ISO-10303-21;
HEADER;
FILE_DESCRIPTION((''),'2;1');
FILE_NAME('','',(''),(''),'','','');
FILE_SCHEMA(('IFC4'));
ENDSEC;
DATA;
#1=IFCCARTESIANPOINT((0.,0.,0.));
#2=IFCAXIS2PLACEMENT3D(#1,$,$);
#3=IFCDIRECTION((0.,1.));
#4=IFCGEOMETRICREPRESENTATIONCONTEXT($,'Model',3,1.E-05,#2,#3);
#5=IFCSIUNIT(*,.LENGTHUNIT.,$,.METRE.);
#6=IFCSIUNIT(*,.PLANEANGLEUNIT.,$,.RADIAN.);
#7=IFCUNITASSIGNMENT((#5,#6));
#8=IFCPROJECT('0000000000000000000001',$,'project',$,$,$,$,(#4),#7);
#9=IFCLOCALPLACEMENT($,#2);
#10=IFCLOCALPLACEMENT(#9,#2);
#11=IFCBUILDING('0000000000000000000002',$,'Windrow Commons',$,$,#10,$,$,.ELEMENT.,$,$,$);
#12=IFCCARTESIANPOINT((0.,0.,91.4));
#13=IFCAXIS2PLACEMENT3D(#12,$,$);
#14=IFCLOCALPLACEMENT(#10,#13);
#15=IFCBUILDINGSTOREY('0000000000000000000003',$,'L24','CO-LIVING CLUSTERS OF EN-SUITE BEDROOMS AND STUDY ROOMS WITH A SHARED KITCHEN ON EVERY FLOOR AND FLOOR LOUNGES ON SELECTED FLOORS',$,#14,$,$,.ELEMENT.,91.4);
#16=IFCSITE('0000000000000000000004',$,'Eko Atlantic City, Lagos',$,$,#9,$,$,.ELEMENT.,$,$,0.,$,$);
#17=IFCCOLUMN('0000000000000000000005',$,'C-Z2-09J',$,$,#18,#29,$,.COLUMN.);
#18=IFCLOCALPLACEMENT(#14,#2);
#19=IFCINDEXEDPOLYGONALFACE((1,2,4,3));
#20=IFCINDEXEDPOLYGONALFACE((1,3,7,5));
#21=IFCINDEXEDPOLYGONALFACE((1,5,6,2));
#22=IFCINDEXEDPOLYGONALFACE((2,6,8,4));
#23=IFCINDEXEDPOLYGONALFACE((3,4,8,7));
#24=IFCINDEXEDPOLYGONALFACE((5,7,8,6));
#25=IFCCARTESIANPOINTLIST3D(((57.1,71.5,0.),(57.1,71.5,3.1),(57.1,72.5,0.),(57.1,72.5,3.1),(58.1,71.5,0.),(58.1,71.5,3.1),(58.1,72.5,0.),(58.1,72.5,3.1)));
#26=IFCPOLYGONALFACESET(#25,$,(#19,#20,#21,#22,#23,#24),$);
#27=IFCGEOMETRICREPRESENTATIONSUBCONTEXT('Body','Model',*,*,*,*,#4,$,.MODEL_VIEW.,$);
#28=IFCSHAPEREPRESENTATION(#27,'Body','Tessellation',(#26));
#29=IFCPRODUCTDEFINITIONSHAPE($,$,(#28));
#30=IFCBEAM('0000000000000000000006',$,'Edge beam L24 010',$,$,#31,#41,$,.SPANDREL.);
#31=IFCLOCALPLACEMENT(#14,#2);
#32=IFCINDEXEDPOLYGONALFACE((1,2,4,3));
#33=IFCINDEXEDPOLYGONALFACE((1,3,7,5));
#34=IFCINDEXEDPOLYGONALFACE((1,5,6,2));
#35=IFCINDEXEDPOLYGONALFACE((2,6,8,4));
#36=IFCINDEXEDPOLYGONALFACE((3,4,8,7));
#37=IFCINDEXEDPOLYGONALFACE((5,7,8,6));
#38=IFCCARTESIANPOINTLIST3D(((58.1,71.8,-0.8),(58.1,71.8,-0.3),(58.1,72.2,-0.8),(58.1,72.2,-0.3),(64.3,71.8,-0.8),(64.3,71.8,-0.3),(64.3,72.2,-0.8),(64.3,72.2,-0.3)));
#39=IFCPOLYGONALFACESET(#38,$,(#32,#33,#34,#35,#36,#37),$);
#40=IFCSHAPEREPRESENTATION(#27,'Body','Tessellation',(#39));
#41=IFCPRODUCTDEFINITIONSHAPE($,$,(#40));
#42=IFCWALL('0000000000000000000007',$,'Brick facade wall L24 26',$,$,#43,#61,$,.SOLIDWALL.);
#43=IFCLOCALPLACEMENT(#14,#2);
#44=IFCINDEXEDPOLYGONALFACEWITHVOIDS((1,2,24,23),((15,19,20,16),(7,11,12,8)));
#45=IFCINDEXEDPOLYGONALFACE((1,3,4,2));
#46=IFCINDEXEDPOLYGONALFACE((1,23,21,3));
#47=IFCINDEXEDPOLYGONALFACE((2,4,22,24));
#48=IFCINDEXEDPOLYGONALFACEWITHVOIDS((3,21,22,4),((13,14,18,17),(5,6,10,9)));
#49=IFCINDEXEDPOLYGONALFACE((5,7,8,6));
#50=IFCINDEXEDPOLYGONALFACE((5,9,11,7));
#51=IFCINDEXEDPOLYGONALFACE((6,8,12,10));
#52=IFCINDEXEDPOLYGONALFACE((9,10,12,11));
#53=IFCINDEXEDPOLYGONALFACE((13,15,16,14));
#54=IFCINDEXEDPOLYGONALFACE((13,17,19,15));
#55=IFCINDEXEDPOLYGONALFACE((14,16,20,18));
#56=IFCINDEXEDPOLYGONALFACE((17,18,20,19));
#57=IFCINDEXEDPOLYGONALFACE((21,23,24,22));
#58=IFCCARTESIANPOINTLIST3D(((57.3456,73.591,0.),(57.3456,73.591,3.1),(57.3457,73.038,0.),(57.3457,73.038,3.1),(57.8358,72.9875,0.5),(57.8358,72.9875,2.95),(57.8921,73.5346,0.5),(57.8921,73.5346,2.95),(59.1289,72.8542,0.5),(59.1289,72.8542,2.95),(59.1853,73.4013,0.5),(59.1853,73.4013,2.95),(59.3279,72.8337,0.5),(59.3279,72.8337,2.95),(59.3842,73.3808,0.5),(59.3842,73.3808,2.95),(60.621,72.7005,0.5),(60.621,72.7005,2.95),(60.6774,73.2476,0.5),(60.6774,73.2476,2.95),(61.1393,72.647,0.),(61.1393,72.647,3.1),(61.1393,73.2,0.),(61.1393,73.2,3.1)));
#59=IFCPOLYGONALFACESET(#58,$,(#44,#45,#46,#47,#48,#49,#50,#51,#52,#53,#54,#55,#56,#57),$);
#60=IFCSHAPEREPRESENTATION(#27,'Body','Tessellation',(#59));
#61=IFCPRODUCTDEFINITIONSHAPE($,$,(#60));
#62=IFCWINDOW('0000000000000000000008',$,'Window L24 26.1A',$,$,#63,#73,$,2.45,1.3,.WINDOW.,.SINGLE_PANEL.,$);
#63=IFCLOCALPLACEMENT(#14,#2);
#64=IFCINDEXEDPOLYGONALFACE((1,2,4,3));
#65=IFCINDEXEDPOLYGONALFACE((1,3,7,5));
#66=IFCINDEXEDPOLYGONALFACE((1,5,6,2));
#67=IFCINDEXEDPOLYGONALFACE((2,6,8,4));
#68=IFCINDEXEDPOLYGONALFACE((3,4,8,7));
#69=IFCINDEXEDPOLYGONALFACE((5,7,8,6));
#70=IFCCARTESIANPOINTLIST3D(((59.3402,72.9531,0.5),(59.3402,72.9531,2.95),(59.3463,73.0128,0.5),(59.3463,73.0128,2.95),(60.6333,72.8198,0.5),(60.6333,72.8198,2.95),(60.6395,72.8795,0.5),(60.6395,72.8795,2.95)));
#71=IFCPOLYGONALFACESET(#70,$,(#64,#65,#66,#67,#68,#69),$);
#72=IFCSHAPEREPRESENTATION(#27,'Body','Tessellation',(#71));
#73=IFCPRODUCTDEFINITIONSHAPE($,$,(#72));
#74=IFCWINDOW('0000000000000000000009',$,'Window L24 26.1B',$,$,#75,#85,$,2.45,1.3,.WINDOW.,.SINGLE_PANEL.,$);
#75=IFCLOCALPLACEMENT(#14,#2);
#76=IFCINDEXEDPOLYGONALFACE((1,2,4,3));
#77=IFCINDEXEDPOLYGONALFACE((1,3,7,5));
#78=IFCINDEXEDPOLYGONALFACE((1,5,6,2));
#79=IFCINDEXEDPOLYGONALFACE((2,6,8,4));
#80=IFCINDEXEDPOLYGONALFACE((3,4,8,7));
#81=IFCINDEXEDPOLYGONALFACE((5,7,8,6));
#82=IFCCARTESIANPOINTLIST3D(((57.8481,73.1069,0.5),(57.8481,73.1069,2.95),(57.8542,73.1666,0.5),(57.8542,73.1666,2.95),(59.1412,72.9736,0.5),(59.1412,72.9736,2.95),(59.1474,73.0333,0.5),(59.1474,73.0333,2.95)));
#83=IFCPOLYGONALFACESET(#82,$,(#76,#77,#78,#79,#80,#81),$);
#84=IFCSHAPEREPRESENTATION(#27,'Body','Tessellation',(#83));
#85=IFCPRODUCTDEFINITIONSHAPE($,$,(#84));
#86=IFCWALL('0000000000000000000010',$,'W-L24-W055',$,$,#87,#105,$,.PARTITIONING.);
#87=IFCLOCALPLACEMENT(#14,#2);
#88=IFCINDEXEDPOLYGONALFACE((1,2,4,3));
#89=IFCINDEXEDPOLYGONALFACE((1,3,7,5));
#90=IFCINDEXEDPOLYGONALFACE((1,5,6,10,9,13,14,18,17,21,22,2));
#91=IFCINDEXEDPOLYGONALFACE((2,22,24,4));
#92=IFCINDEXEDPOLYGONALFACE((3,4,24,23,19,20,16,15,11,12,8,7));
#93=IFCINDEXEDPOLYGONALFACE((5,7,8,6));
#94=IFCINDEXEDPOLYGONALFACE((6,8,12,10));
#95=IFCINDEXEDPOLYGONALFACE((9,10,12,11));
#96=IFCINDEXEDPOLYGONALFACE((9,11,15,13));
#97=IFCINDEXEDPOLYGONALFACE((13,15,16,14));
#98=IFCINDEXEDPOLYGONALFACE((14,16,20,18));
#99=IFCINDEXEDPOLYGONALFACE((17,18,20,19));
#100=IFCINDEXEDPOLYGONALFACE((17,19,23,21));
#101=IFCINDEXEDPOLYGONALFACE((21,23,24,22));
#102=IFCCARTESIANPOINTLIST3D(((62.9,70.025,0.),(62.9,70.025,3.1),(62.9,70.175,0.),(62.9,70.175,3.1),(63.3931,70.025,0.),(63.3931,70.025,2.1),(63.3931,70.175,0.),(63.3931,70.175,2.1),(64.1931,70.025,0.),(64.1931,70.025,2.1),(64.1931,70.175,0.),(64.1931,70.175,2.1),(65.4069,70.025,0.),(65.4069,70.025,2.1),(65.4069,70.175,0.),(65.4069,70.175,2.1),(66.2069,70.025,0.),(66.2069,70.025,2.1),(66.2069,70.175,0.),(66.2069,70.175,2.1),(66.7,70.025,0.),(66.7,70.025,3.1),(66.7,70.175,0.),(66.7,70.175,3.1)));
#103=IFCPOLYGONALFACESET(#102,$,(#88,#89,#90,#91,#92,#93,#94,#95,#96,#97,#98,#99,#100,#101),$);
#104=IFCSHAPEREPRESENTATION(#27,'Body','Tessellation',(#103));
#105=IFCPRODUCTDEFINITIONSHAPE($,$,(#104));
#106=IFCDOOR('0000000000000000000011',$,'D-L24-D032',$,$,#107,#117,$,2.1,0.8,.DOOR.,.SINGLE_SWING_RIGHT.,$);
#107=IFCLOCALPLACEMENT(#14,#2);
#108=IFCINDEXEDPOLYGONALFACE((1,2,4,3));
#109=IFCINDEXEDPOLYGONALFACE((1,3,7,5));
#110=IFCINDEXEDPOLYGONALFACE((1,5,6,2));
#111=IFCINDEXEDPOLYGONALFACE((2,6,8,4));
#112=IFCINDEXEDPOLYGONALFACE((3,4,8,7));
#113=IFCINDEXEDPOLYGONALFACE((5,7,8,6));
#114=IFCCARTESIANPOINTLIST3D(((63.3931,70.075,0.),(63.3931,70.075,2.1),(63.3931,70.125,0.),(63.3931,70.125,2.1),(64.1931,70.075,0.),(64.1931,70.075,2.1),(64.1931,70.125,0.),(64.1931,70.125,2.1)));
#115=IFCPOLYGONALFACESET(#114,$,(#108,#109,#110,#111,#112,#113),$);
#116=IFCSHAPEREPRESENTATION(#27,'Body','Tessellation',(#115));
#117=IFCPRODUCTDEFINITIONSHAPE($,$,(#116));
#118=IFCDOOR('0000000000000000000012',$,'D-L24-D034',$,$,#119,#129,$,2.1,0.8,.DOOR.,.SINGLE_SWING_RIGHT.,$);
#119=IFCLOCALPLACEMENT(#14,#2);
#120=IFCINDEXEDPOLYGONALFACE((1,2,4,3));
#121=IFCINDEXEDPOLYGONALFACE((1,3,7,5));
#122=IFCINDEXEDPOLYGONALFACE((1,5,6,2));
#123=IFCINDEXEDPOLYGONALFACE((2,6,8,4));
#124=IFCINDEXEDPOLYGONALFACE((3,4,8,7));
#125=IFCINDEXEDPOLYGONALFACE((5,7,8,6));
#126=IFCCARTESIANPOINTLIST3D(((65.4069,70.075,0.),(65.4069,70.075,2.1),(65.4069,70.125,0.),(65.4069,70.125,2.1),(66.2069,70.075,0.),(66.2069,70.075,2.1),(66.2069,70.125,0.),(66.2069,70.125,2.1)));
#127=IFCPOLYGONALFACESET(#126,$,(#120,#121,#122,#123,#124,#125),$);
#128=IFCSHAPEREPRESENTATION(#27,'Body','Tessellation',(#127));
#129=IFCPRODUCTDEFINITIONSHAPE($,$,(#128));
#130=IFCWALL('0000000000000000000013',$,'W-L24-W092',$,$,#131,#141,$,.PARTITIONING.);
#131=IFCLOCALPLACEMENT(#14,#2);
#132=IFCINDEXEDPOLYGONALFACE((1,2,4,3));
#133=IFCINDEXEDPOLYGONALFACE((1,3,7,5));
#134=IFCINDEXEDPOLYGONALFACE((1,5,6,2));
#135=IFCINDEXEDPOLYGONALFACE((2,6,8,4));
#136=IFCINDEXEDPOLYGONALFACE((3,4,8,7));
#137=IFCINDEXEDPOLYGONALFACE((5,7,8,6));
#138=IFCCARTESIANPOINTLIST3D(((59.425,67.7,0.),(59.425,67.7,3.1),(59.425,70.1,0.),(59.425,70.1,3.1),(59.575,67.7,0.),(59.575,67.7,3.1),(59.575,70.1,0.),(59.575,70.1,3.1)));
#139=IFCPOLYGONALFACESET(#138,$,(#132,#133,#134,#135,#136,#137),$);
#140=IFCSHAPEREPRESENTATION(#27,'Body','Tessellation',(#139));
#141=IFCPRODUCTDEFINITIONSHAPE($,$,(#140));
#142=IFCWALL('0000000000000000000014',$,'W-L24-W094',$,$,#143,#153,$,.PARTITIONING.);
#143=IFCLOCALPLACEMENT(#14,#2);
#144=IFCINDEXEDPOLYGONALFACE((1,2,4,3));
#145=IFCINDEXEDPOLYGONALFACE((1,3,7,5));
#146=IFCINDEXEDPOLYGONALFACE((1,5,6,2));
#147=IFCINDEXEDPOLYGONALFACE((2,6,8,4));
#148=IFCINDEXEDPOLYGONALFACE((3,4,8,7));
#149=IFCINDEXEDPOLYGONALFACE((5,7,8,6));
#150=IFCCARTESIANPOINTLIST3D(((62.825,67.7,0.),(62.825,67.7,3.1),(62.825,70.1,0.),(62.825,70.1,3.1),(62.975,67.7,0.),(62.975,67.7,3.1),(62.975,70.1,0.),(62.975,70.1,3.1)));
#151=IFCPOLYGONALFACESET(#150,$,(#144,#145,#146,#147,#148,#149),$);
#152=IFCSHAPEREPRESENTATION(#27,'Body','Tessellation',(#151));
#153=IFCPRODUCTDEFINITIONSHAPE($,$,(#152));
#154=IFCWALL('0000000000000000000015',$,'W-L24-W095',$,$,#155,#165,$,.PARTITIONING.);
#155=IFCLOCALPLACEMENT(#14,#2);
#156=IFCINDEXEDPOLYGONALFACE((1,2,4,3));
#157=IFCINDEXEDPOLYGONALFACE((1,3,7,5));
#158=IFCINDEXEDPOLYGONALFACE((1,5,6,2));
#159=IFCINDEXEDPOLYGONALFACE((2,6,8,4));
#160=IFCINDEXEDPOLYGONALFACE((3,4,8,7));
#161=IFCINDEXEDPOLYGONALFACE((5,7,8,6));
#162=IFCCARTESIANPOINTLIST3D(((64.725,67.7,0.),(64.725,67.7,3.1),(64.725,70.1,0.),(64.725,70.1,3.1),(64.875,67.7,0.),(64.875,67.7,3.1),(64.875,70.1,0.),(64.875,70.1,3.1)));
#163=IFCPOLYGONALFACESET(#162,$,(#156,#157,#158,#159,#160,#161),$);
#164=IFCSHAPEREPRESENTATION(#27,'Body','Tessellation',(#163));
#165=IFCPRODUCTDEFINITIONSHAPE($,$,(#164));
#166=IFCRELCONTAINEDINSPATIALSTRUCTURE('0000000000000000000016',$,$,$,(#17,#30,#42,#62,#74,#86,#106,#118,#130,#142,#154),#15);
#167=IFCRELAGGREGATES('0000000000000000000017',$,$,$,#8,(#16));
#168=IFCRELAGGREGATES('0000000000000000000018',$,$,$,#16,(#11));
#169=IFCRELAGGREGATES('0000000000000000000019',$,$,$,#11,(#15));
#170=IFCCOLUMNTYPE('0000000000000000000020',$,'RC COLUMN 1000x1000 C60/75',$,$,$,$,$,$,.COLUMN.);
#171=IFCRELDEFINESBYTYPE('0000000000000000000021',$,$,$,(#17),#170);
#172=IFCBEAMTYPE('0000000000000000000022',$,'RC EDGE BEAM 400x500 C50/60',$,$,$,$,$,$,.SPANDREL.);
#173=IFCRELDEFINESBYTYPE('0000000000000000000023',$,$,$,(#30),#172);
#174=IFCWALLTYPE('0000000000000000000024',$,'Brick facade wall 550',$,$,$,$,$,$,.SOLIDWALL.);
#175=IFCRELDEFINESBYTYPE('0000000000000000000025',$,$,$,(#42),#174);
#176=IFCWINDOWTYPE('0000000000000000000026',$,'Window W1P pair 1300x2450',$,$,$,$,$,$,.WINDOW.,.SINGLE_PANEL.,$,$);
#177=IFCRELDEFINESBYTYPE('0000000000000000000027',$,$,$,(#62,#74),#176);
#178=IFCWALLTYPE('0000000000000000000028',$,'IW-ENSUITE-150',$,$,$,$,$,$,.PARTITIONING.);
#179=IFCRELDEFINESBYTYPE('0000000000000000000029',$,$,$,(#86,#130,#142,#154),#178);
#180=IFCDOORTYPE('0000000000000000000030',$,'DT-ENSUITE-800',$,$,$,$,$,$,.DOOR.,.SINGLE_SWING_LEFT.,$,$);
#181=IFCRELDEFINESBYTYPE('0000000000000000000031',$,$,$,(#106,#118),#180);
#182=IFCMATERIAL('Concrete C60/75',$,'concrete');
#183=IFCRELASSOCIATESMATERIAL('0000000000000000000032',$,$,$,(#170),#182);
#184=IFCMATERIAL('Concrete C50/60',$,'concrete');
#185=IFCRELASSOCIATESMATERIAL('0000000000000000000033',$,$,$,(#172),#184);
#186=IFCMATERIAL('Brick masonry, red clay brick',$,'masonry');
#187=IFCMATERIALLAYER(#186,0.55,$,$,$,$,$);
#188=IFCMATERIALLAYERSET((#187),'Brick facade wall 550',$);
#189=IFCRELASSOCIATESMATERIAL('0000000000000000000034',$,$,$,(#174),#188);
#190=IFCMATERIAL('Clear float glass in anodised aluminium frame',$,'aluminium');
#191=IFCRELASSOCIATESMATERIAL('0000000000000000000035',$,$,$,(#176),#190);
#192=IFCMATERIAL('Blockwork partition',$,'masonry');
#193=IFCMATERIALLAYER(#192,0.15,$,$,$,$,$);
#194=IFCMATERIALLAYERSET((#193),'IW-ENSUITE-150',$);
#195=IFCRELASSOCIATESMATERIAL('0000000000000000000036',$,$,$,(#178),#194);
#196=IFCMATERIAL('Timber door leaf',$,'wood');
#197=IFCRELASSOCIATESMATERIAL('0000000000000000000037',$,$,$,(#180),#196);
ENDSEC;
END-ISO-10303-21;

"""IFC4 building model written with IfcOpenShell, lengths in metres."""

from ifc_helpers import new_model, si_unit, direction, frame, frame_2d, origin, origin_2d, place, context, subcontext, project, spatial, polyline, rectangle, outline, extrude, material, layer, layer_set, material_profile, profile_set, type_object, element, fill, save


model = new_model("IFC4")

# Units and contexts
model_context = context("Model", 3, precision=1e-05, world=origin(), true_north=direction((0.0, 1.0)))
body_context = subcontext(model_context, "Body", "Model", "MODEL_VIEW")
ifc_project = project(units=[si_unit("LENGTHUNIT", "METRE"), si_unit("PLANEANGLEUNIT", "RADIAN")], contexts=[model_context])

# Site, building, storey
site_placement = place(None, origin())
site = spatial("IfcSite", under=ifc_project, at=site_placement, Name="Eko Atlantic City, Lagos", CompositionType="ELEMENT", RefElevation=0.0)
building_placement = place(site_placement, origin())
building = spatial("IfcBuilding", under=site, at=building_placement, Name="Windrow Commons", CompositionType="ELEMENT")
storey_placement = place(building_placement, frame((0.0, 0.0, 91.4)))
storey = spatial("IfcBuildingStorey", under=building, at=storey_placement, Name="L24", Description="CO-LIVING CLUSTERS OF EN-SUITE BEDROOMS AND STUDY ROOMS WITH A SHARED KITCHEN ON EVERY FLOOR AND FLOOR LOUNGES ON SELECTED FLOORS", CompositionType="ELEMENT", Elevation=91.4)

# Column
ifc_material_1 = material(Name="Concrete C60/75", Category="concrete")
ifc_material_profile_1 = material_profile(ifc_material_1, rectangle(XDim=1.0, YDim=1.0, at=origin_2d()))
ifc_profile_set_1 = profile_set([ifc_material_profile_1], Name="Concrete C60/75")
column_type = type_object("IfcColumnType", Name="RC COLUMN 1000x1000 C60/75", PredefinedType="COLUMN", material=ifc_profile_set_1)
column_placement = place(storey_placement, frame((57.6, 72.0, 0.0), z_axis=(0.0, 0.0, 1.0), x_axis=(1.0, 0.0, 0.0)))
element("IfcColumn", 1, at=column_placement, inside=storey, type_object=column_type, Name="C-Z2-09J", PredefinedType="COLUMN", context=body_context, shape_type="SweptSolid", body=[
    extrude(rectangle(XDim=1.0, YDim=1.0, at=origin_2d()), origin(), (0.0, 0.0, 1.0), 3.1),
])

# Beam
ifc_material_2 = material(Name="Concrete C50/60", Category="concrete")
ifc_material_profile_2 = material_profile(ifc_material_2, rectangle(XDim=0.4, YDim=0.5, at=origin_2d()))
ifc_profile_set_2 = profile_set([ifc_material_profile_2], Name="Concrete C50/60")
beam_type = type_object("IfcBeamType", Name="RC EDGE BEAM 400x500 C50/60", PredefinedType="SPANDREL", material=ifc_profile_set_2)
beam_placement = place(storey_placement, frame((58.1, 72.0, -0.55), z_axis=(1.0, 0.0, 0.0), x_axis=(0.0, 1.0, 0.0)))
element("IfcBeam", 2, at=beam_placement, inside=storey, type_object=beam_type, Name="Edge beam L24 010", PredefinedType="SPANDREL", context=body_context, shape_type="SweptSolid", body=[
    extrude(rectangle(XDim=0.4, YDim=0.5, at=origin_2d()), origin(), (0.0, 0.0, 1.0), 6.2),
])

# Wall, openings, windows
ifc_material_3 = material(Name="Brick masonry, red clay brick", Category="masonry")
ifc_layer_1 = layer(ifc_material_3, 0.55)
ifc_layer_set_1 = layer_set([ifc_layer_1], Name="Brick facade wall 550")
wall_type_1 = type_object("IfcWallType", Name="Brick facade wall 550", PredefinedType="SOLIDWALL", material=ifc_layer_set_1)
wall_1_placement = place(storey_placement, frame((61.1393, 72.9235, 0.0), z_axis=(0.0, 0.0, 1.0), x_axis=(-0.994731, 0.102523, 0.0)))
wall_1 = element("IfcWall", 3, at=wall_1_placement, inside=storey, type_object=wall_type_1, Name="Brick facade wall L24 26", PredefinedType="SOLIDWALL", context=body_context, shape_type="SweptSolid", body=[
    extrude(outline(polyline([(0.0283, -0.275), (3.8421, -0.275), (3.7854, 0.275), (-0.0283, 0.275), (0.0283, -0.275)])), origin(), (0.0, 0.0, 1.0), 3.1),
])
opening_1_placement = place(wall_1_placement, frame((0.4927, 0.0, 0.5)))
opening_1 = element("IfcOpeningElement", 4, at=opening_1_placement, cuts=wall_1, PredefinedType="OPENING", context=body_context, shape_type="SweptSolid", body=[
    extrude(rectangle(XDim=1.3, YDim=2.45, at=frame_2d((0.65, 1.225))), frame((0.0, 0.285, 0.0), z_axis=(0.0, -1.0, 0.0), x_axis=(1.0, 0.0, 0.0)), (0.0, 0.0, 1.0), 0.57),
])
opening_2_placement = place(wall_1_placement, frame((1.9927, 0.0, 0.5)))
opening_2 = element("IfcOpeningElement", 5, at=opening_2_placement, cuts=wall_1, PredefinedType="OPENING", context=body_context, shape_type="SweptSolid", body=[
    extrude(rectangle(XDim=1.3, YDim=2.45, at=frame_2d((0.65, 1.225))), frame((0.0, 0.285, 0.0), z_axis=(0.0, -1.0, 0.0), x_axis=(1.0, 0.0, 0.0)), (0.0, 0.0, 1.0), 0.57),
])
ifc_material_4 = material(Name="Clear float glass in anodised aluminium frame", Category="aluminium")
window_type = type_object("IfcWindowType", Name="Window W1P pair 1300x2450", PartitioningType="SINGLE_PANEL", PredefinedType="WINDOW", material=ifc_material_4)
window_1_placement = place(opening_1_placement, origin())
window_1 = element("IfcWindow", 6, at=window_1_placement, inside=storey, type_object=window_type, Name="Window L24 26.1A", OverallHeight=2.45, OverallWidth=1.3, PartitioningType="SINGLE_PANEL", PredefinedType="WINDOW", context=body_context, shape_type="SweptSolid", body=[
    extrude(rectangle(XDim=1.3, YDim=2.45, at=frame_2d((0.65, 1.225))), frame((0.0, 0.155, 0.0), z_axis=(0.0, -1.0, 0.0), x_axis=(1.0, 0.0, 0.0)), (0.0, 0.0, 1.0), 0.06),
])
fill(opening_1, window_1)
window_2_placement = place(opening_2_placement, origin())
window_2 = element("IfcWindow", 7, at=window_2_placement, inside=storey, type_object=window_type, Name="Window L24 26.1B", OverallHeight=2.45, OverallWidth=1.3, PartitioningType="SINGLE_PANEL", PredefinedType="WINDOW", context=body_context, shape_type="SweptSolid", body=[
    extrude(rectangle(XDim=1.3, YDim=2.45, at=frame_2d((0.65, 1.225))), frame((0.0, 0.155, 0.0), z_axis=(0.0, -1.0, 0.0), x_axis=(1.0, 0.0, 0.0)), (0.0, 0.0, 1.0), 0.06),
])
fill(opening_2, window_2)

# Wall, openings, doors
ifc_material_5 = material(Name="Blockwork partition", Category="masonry")
ifc_layer_2 = layer(ifc_material_5, 0.15)
ifc_layer_set_2 = layer_set([ifc_layer_2], Name="IW-ENSUITE-150")
wall_type_2 = type_object("IfcWallType", Name="IW-ENSUITE-150", PredefinedType="PARTITIONING", material=ifc_layer_set_2)
wall_2_placement = place(storey_placement, frame((62.9, 70.1, 0.0), z_axis=(0.0, 0.0, 1.0), x_axis=(1.0, 0.0, 0.0)))
wall_2 = element("IfcWall", 8, at=wall_2_placement, inside=storey, type_object=wall_type_2, Name="W-L24-W055", PredefinedType="PARTITIONING", context=body_context, shape_type="SweptSolid", body=[
    extrude(rectangle(XDim=3.8, YDim=0.15, at=frame_2d((1.9, 0.0))), origin(), (0.0, 0.0, 1.0), 3.1),
])
opening_3_placement = place(wall_2_placement, frame((0.4931, 0.0, 0.0)))
opening_3 = element("IfcOpeningElement", 9, at=opening_3_placement, cuts=wall_2, PredefinedType="OPENING", context=body_context, shape_type="SweptSolid", body=[
    extrude(rectangle(XDim=0.8, YDim=2.1, at=frame_2d((0.4, 1.05))), frame((0.0, 0.085, 0.0), z_axis=(0.0, -1.0, 0.0), x_axis=(1.0, 0.0, 0.0)), (0.0, 0.0, 1.0), 0.17),
])
opening_4_placement = place(wall_2_placement, frame((2.5069, 0.0, 0.0)))
opening_4 = element("IfcOpeningElement", 10, at=opening_4_placement, cuts=wall_2, PredefinedType="OPENING", context=body_context, shape_type="SweptSolid", body=[
    extrude(rectangle(XDim=0.8, YDim=2.1, at=frame_2d((0.4, 1.05))), frame((0.0, 0.085, 0.0), z_axis=(0.0, -1.0, 0.0), x_axis=(1.0, 0.0, 0.0)), (0.0, 0.0, 1.0), 0.17),
])
ifc_material_6 = material(Name="Timber door leaf", Category="wood")
door_type = type_object("IfcDoorType", Name="DT-ENSUITE-800", OperationType="SINGLE_SWING_LEFT", PredefinedType="DOOR", material=ifc_material_6)
door_1_placement = place(opening_3_placement, origin())
door_1 = element("IfcDoor", 11, at=door_1_placement, inside=storey, type_object=door_type, Name="D-L24-D032", OperationType="SINGLE_SWING_RIGHT", OverallHeight=2.1, OverallWidth=0.8, PredefinedType="DOOR", context=body_context, shape_type="SweptSolid", body=[
    extrude(rectangle(XDim=0.8, YDim=2.1, at=frame_2d((0.4, 1.05))), frame((0.0, 0.025, 0.0), z_axis=(0.0, -1.0, 0.0), x_axis=(1.0, 0.0, 0.0)), (0.0, 0.0, 1.0), 0.05),
])
fill(opening_3, door_1)
door_2_placement = place(opening_4_placement, origin())
door_2 = element("IfcDoor", 12, at=door_2_placement, inside=storey, type_object=door_type, Name="D-L24-D034", OperationType="SINGLE_SWING_RIGHT", OverallHeight=2.1, OverallWidth=0.8, PredefinedType="DOOR", context=body_context, shape_type="SweptSolid", body=[
    extrude(rectangle(XDim=0.8, YDim=2.1, at=frame_2d((0.4, 1.05))), frame((0.0, 0.025, 0.0), z_axis=(0.0, -1.0, 0.0), x_axis=(1.0, 0.0, 0.0)), (0.0, 0.0, 1.0), 0.05),
])
fill(opening_4, door_2)

# Walls
for number, where, z_axis, x_axis, name in (
    (13, (59.5, 67.7, 0.0), (0.0, 0.0, 1.0), (0.0, 1.0, 0.0), "W-L24-W092"),
    (14, (62.9, 67.7, 0.0), (0.0, 0.0, 1.0), (0.0, 1.0, 0.0), "W-L24-W094"),
    (15, (64.8, 67.7, 0.0), (0.0, 0.0, 1.0), (0.0, 1.0, 0.0), "W-L24-W095"),
):
    element("IfcWall", number, at=place(storey_placement, frame(where, z_axis=z_axis, x_axis=x_axis)), inside=storey, type_object=wall_type_2, Name=name, PredefinedType="PARTITIONING", context=body_context, shape_type="SweptSolid", body=[
        extrude(rectangle(XDim=2.4, YDim=0.15, at=frame_2d((1.2, 0.0))), origin(), (0.0, 0.0, 1.0), 3.1),
    ])

save(model, "model.ifc")
